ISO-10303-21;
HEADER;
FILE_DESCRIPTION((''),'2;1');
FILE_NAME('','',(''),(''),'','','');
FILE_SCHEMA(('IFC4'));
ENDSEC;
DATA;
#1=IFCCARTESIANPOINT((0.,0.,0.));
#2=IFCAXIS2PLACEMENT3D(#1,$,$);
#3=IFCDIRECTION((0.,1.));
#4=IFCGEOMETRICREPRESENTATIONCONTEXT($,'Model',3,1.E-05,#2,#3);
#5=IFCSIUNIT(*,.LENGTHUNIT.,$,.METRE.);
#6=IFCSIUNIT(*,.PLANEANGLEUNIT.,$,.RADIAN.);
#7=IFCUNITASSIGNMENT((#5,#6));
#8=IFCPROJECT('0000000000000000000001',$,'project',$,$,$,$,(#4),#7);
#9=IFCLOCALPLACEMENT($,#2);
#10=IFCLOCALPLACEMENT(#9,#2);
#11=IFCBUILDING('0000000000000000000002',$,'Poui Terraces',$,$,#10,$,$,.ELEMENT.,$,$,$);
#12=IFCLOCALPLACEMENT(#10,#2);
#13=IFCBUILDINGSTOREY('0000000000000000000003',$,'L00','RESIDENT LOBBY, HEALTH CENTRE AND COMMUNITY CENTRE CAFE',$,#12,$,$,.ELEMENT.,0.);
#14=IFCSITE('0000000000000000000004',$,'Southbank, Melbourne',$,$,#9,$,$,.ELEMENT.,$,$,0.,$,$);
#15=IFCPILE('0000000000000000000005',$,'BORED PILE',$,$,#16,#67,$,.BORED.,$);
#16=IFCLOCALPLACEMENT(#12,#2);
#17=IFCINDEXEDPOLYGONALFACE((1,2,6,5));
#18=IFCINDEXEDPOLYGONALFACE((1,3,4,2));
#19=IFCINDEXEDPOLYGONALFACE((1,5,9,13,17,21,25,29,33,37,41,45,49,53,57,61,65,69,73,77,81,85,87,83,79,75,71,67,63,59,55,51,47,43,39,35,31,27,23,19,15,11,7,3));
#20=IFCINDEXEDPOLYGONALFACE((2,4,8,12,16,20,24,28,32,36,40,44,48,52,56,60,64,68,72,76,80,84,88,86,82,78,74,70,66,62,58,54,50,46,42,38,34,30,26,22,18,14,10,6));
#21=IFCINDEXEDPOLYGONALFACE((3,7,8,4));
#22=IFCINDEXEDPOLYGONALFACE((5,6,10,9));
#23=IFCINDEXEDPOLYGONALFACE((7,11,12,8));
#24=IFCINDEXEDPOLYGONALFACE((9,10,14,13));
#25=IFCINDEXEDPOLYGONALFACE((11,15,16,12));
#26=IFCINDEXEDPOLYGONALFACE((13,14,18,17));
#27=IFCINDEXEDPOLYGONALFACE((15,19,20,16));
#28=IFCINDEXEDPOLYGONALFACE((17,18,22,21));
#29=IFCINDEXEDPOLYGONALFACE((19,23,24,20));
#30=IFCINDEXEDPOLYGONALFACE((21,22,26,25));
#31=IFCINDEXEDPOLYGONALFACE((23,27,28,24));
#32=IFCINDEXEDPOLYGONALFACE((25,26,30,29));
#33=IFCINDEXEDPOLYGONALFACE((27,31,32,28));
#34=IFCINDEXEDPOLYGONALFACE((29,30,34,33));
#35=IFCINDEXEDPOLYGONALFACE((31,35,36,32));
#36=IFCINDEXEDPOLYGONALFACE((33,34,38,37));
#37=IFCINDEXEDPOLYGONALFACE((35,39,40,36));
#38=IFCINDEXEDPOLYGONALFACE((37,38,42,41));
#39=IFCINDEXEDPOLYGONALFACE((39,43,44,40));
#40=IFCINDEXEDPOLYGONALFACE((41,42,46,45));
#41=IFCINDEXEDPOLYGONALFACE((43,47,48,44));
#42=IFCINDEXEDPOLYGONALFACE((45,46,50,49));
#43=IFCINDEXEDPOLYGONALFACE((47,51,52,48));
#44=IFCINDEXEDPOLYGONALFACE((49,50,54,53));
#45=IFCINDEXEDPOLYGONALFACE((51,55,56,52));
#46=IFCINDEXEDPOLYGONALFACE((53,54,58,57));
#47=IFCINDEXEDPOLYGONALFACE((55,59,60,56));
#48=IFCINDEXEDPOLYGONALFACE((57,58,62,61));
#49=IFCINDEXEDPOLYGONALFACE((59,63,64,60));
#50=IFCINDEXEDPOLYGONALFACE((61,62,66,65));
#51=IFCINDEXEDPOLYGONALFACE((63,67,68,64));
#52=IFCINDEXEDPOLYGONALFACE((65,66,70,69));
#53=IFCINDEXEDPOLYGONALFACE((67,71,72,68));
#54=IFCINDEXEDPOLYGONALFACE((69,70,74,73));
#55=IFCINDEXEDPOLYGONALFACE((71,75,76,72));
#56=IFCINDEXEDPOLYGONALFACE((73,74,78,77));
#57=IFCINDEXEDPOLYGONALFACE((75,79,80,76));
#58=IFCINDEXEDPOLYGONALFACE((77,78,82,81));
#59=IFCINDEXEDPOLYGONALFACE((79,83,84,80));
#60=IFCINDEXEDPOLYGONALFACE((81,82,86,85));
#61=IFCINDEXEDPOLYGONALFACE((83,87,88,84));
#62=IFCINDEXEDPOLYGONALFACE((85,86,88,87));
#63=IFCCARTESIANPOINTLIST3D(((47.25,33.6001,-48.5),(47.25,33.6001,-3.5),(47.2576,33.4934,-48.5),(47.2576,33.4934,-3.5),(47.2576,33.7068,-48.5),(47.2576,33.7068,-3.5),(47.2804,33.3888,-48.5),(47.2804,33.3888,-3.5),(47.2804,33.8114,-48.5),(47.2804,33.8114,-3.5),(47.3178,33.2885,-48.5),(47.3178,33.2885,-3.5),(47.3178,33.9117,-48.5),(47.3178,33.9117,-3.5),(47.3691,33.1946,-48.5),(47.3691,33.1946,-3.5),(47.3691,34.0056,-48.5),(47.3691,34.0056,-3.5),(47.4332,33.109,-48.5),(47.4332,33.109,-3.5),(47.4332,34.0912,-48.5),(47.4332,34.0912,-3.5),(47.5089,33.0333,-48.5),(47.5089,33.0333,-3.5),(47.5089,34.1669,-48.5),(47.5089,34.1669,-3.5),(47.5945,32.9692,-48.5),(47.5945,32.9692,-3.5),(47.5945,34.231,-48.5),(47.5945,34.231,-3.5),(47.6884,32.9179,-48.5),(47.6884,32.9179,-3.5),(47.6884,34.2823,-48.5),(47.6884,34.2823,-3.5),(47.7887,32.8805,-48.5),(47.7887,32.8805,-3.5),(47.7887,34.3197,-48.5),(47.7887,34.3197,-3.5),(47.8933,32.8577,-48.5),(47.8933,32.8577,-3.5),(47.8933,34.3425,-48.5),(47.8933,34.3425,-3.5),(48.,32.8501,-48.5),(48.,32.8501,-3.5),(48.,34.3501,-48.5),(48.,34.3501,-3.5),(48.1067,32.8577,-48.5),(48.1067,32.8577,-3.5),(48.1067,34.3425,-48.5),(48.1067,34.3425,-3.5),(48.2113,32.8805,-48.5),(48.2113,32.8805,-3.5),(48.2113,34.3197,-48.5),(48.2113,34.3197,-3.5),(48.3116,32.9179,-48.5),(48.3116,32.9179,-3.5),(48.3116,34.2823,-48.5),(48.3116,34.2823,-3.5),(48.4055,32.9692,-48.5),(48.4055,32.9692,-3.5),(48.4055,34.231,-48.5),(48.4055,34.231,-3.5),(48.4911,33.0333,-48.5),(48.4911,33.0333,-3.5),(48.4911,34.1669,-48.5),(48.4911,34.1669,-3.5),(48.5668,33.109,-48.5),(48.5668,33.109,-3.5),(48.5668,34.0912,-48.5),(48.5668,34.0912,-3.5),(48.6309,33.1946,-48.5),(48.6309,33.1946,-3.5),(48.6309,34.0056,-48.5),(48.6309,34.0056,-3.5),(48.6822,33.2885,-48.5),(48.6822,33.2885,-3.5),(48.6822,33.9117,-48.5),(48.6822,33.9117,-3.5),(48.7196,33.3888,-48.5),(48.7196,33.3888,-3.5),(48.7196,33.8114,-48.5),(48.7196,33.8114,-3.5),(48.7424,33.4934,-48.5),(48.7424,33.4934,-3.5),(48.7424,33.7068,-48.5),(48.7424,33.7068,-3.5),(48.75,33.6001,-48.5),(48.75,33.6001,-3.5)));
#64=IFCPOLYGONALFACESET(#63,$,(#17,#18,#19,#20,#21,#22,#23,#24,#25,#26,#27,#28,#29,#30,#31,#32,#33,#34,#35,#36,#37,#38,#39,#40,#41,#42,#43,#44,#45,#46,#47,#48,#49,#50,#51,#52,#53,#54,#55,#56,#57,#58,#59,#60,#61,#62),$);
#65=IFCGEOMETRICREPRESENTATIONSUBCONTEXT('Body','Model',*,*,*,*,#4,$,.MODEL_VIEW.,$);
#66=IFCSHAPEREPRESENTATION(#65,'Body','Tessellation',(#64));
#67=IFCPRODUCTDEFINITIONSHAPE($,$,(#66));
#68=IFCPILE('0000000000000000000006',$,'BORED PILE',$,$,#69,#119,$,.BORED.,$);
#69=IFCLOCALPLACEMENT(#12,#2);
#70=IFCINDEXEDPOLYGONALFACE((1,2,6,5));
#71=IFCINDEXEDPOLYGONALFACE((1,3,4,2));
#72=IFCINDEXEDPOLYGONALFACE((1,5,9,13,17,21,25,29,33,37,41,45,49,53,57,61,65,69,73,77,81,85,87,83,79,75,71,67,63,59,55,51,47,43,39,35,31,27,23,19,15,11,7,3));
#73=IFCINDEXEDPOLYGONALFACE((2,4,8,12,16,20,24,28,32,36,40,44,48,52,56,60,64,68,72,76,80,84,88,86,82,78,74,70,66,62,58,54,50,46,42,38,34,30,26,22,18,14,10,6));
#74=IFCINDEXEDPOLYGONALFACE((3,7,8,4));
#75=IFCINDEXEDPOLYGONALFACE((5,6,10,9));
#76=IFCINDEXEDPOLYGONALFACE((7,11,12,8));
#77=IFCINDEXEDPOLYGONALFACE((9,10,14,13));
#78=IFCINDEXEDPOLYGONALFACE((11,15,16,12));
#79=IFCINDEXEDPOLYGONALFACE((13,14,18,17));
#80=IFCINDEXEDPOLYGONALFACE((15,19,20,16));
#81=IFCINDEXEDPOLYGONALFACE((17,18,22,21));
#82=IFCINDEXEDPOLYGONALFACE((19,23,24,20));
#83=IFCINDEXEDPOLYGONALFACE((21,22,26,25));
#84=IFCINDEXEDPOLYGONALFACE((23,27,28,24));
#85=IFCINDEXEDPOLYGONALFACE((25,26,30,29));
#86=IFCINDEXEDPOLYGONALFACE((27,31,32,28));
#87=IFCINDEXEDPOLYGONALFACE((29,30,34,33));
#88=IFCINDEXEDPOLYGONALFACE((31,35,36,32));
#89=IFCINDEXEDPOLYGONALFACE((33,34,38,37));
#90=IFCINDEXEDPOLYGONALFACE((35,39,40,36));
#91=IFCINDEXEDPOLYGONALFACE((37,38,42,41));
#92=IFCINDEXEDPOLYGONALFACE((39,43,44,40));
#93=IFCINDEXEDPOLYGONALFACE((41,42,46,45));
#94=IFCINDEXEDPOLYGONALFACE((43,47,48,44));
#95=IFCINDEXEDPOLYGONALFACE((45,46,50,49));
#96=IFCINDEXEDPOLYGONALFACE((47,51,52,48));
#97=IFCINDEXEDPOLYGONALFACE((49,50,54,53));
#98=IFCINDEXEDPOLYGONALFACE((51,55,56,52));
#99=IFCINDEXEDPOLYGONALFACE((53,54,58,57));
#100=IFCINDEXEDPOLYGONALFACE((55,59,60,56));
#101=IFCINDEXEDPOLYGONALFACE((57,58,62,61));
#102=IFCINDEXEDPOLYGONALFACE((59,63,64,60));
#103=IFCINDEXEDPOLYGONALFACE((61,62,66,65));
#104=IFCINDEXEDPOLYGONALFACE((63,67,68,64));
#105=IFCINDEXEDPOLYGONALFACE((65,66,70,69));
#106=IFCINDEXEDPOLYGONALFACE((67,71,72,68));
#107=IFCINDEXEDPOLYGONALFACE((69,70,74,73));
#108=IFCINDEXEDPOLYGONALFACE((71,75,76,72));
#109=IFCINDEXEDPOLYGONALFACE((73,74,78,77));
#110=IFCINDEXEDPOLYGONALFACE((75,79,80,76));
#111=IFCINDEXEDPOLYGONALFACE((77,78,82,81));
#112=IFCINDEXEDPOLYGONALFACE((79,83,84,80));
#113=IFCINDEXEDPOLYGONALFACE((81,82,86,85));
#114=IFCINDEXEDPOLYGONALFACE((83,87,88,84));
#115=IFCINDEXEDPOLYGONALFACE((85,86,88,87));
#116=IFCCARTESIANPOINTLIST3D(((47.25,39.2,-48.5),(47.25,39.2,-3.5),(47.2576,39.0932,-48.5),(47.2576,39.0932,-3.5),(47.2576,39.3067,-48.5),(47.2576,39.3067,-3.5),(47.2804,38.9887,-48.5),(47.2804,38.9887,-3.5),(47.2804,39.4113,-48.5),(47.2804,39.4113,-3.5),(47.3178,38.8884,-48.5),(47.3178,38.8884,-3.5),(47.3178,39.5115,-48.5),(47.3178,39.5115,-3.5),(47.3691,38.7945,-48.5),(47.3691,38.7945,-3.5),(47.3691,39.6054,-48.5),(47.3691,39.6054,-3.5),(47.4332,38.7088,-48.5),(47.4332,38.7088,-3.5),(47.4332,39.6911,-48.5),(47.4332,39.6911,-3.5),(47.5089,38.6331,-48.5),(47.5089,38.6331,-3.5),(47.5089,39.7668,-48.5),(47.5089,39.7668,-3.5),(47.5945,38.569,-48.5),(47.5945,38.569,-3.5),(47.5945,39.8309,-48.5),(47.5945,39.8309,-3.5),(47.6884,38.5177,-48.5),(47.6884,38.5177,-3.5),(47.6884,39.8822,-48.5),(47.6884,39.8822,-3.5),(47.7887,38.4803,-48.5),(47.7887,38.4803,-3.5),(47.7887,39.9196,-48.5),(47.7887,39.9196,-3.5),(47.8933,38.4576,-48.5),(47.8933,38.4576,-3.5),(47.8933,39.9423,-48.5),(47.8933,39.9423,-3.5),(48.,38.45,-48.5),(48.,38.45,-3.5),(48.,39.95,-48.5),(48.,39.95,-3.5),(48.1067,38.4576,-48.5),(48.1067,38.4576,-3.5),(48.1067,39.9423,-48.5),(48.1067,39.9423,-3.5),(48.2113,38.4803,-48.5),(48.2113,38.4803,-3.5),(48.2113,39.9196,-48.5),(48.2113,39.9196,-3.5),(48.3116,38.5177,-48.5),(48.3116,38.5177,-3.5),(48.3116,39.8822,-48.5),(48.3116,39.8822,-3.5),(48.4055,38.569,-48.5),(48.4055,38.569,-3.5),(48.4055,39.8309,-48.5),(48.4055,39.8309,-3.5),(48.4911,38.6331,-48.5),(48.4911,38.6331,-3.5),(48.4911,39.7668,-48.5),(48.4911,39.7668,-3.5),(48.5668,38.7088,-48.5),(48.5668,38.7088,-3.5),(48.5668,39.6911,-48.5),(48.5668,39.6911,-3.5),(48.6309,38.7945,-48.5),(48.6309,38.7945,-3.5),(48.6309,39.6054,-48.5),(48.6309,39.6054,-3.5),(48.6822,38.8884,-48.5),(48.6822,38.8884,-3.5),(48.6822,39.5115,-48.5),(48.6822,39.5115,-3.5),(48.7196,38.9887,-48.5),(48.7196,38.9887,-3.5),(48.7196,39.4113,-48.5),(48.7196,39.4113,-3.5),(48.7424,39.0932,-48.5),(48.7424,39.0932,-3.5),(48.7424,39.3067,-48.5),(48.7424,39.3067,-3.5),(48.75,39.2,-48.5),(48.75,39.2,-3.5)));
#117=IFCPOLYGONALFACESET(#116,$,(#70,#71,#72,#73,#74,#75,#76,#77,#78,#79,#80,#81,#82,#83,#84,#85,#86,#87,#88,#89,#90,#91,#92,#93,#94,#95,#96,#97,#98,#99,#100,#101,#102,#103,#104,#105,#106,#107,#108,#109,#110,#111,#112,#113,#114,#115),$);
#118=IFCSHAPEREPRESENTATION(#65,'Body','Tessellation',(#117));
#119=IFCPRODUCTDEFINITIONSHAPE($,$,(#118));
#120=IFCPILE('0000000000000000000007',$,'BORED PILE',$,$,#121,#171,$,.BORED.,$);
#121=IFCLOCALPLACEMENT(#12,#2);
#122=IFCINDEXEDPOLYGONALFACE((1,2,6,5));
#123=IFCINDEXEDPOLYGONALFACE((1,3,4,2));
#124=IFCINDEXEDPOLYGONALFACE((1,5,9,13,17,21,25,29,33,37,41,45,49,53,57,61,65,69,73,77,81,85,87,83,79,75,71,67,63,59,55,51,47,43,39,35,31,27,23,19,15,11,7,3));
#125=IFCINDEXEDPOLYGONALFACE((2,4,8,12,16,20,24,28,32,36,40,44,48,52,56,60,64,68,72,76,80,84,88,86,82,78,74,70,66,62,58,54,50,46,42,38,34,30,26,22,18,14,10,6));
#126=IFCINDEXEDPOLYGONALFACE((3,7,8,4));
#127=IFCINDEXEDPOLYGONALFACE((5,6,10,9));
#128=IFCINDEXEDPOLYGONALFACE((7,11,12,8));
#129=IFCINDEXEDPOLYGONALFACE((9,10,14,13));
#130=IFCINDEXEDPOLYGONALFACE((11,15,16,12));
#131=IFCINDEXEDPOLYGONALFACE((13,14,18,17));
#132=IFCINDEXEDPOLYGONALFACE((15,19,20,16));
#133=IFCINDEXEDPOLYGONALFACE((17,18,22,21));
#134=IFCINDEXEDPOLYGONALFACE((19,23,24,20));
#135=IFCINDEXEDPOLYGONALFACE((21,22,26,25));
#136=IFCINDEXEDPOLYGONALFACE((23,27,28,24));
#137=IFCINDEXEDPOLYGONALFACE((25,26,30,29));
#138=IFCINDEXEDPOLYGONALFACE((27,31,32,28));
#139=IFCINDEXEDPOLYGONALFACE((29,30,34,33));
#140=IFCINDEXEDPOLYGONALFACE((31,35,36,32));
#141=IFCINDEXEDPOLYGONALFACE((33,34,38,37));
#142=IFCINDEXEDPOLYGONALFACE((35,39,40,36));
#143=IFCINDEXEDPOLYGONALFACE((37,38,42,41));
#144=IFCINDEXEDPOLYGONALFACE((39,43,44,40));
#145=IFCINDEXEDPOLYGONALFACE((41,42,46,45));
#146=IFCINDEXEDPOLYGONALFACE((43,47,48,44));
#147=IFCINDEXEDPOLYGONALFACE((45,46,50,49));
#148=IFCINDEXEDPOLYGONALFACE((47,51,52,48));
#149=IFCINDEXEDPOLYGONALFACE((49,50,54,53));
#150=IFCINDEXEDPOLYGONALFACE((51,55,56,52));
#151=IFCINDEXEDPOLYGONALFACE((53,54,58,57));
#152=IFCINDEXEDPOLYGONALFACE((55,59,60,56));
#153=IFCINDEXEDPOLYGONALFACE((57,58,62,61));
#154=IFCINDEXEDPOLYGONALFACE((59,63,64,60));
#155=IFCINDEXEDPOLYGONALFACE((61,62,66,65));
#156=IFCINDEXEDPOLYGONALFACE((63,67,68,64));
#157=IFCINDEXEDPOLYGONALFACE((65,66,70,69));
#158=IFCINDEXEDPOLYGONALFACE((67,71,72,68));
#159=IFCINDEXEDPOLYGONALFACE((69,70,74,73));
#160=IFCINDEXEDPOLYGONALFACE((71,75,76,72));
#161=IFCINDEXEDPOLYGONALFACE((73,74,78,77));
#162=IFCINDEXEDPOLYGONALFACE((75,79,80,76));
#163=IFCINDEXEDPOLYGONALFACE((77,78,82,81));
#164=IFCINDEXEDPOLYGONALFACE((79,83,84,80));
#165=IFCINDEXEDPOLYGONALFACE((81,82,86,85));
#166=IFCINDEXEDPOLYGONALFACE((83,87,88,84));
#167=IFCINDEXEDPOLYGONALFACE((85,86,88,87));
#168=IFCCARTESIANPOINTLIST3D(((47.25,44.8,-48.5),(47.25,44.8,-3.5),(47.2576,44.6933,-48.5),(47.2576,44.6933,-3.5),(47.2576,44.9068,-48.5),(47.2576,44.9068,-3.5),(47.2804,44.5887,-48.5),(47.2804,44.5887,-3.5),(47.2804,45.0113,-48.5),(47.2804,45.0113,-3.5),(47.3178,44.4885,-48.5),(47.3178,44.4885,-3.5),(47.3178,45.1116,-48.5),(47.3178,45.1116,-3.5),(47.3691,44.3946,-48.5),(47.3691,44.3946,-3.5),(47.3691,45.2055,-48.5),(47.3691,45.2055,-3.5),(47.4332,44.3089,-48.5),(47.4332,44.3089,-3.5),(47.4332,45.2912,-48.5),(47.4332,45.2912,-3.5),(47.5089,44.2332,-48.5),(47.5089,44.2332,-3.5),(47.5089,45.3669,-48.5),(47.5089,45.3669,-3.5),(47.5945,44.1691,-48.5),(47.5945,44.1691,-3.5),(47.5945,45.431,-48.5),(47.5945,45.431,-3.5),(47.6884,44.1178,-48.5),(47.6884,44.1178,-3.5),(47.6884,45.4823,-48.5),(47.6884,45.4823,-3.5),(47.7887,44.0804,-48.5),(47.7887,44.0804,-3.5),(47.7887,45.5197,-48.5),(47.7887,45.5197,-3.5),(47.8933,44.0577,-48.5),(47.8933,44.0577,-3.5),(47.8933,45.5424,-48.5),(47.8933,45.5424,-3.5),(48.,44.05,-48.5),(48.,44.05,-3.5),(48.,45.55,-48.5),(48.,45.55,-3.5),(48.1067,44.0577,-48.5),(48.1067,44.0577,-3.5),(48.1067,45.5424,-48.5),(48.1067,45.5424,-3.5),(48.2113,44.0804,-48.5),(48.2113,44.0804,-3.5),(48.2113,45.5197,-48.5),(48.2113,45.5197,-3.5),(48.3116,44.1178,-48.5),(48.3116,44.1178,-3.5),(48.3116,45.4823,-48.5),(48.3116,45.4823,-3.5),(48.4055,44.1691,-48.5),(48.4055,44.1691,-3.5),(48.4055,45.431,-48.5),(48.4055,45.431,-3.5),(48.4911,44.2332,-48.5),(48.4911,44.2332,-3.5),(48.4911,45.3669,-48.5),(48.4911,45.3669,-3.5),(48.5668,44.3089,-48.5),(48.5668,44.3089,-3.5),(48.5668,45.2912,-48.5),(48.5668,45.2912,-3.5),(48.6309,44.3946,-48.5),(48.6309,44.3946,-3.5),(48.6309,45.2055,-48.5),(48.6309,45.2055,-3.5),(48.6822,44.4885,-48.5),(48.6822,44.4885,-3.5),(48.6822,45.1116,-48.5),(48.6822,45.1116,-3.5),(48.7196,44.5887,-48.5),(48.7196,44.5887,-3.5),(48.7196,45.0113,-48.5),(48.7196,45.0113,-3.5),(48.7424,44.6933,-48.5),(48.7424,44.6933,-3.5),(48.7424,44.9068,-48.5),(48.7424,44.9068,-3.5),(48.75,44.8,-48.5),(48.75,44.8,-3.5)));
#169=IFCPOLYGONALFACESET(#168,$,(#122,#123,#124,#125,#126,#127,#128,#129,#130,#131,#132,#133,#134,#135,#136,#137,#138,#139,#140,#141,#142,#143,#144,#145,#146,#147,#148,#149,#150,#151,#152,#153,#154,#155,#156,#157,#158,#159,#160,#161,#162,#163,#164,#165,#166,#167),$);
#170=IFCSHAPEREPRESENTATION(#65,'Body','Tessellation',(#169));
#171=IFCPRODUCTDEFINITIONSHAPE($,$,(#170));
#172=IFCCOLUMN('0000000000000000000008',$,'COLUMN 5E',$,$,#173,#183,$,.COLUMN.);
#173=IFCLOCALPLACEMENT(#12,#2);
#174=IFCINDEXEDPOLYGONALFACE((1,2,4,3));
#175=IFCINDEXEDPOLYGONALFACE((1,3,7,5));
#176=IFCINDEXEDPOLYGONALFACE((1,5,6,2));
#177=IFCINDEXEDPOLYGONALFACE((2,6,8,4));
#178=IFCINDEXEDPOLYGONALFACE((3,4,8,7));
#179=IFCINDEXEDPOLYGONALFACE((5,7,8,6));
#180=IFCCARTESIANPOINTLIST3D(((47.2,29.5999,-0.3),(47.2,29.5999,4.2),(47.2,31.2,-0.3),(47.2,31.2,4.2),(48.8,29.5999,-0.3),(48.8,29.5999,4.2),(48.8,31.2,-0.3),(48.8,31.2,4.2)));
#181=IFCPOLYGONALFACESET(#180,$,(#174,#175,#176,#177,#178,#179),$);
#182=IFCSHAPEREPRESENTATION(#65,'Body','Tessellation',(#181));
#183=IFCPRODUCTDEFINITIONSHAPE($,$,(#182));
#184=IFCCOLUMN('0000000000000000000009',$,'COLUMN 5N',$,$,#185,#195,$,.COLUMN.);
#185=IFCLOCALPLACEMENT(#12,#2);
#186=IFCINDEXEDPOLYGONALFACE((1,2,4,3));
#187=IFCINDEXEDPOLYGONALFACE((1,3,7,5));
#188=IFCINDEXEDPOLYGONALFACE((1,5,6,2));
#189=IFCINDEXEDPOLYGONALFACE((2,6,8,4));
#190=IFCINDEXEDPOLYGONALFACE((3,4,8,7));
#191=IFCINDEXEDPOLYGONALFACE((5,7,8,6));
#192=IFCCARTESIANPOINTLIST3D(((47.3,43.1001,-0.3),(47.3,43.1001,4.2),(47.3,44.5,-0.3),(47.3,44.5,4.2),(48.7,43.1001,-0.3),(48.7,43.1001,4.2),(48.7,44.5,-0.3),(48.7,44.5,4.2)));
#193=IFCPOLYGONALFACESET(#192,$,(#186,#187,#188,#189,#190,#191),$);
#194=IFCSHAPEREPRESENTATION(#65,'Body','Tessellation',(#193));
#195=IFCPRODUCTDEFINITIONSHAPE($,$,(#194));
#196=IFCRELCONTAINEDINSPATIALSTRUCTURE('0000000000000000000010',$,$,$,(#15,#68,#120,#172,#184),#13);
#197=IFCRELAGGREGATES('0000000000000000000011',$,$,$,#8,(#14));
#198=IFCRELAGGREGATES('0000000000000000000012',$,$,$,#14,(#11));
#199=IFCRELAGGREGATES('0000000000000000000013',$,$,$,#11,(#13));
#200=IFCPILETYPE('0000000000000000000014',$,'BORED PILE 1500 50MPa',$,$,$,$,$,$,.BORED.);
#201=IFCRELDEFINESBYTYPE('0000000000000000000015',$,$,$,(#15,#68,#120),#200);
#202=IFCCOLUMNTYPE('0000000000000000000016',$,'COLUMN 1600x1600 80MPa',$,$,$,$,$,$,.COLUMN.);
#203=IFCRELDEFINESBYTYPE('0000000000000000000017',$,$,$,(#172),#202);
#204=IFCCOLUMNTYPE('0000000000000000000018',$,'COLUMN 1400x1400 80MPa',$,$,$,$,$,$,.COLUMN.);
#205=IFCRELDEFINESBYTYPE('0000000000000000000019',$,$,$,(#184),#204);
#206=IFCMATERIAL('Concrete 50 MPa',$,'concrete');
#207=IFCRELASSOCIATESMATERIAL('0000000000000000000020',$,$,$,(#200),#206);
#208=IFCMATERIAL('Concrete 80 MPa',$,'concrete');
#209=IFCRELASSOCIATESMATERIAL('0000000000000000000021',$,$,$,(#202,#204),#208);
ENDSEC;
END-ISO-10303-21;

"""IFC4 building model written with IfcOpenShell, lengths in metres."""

from ifc_helpers import new_model, si_unit, direction, frame, origin, origin_2d, place, context, subcontext, project, spatial, rectangle, circle, extrude, source, transform, mapped, material, material_profile, profile_set, type_object, element, save


model = new_model("IFC4")

# Units and contexts
model_context = context("Model", 3, precision=1e-05, world=origin(), true_north=direction((0.0, 1.0)))
body_context = subcontext(model_context, "Body", "Model", "MODEL_VIEW")
ifc_project = project(units=[si_unit("LENGTHUNIT", "METRE"), si_unit("PLANEANGLEUNIT", "RADIAN")], contexts=[model_context])

# Site, building, storey
site_placement = place(None, origin())
site = spatial("IfcSite", under=ifc_project, at=site_placement, Name="Southbank, Melbourne", CompositionType="ELEMENT", RefElevation=0.0)
building_placement = place(site_placement, origin())
building = spatial("IfcBuilding", under=site, at=building_placement, Name="Poui Terraces", CompositionType="ELEMENT")
storey_placement = place(building_placement, origin())
storey = spatial("IfcBuildingStorey", under=building, at=storey_placement, Name="L00", Description="RESIDENT LOBBY, HEALTH CENTRE AND COMMUNITY CENTRE CAFE", CompositionType="ELEMENT", Elevation=0.0)

# Piles
ifc_material_1 = material(Name="Concrete 50 MPa", Category="concrete")
ifc_material_profile_1 = material_profile(ifc_material_1, circle(Radius=0.75, at=origin_2d()), Name="RC D1500")
ifc_profile_set_1 = profile_set([ifc_material_profile_1], Name="Concrete 50 MPa")
pile_type = type_object("IfcPileType", Name="BORED PILE 1500 50MPa", PredefinedType="BORED", material=ifc_profile_set_1)
for number, where, z_axis, x_axis, name in (
    (1, (48.0, 33.6001, -3.5), (0.0, 0.0, -1.0), (1.0, 0.0, 0.0), "BORED PILE"),
    (2, (48.0, 39.2, -3.5), (0.0, 0.0, -1.0), (1.0, 0.0, 0.0), "BORED PILE"),
    (3, (48.0, 44.8, -3.5), (0.0, 0.0, -1.0), (1.0, 0.0, 0.0), "BORED PILE"),
):
    element("IfcPile", number, at=place(storey_placement, frame(where, z_axis=z_axis, x_axis=x_axis)), inside=storey, type_object=pile_type, Name=name, PredefinedType="BORED", context=body_context, shape_type="SweptSolid", body=[
        extrude(circle(Radius=0.75, at=origin_2d()), origin(), (0.0, 0.0, 1.0), 45.0),
    ])

# Columns
ifc_material_2 = material(Name="Concrete 80 MPa", Category="concrete")
ifc_material_profile_2 = material_profile(ifc_material_2, rectangle(XDim=1.6001, YDim=1.6001, at=origin_2d()), Name="RC 1600x1600")
ifc_profile_set_2 = profile_set([ifc_material_profile_2], Name="Concrete 80 MPa")
column_type_1 = type_object("IfcColumnType", Name="COLUMN 1600x1600 80MPa", PredefinedType="COLUMN", material=ifc_profile_set_2)
shared_shape_1 = source(origin(), body_context, "Body", "SweptSolid", [
    extrude(rectangle(XDim=1.6001, YDim=1.6001, at=origin_2d()), origin(), (0.0, 0.0, 1.0), 4.5),
])
column_1_placement = place(storey_placement, frame((48.0, 30.3999, -0.3), z_axis=(0.0, 0.0, 1.0), x_axis=(1.0, 0.0, 0.0)))
element("IfcColumn", 4, at=column_1_placement, inside=storey, type_object=column_type_1, Name="COLUMN 5E", PredefinedType="COLUMN", context=body_context, shape_type="MappedRepresentation", body=[
    mapped(shared_shape_1, transform((0.0, 0.0, 0.0))),
])
ifc_material_profile_3 = material_profile(ifc_material_2, rectangle(XDim=1.3999, YDim=1.3999, at=origin_2d()), Name="RC 1400x1400")
ifc_profile_set_3 = profile_set([ifc_material_profile_3], Name="Concrete 80 MPa")
column_type_2 = type_object("IfcColumnType", Name="COLUMN 1400x1400 80MPa", PredefinedType="COLUMN", material=ifc_profile_set_3)
shared_shape_2 = source(origin(), body_context, "Body", "SweptSolid", [
    extrude(rectangle(XDim=1.3999, YDim=1.3999, at=origin_2d()), origin(), (0.0, 0.0, 1.0), 4.5),
])
column_2_placement = place(storey_placement, frame((48.0, 43.8, -0.3), z_axis=(0.0, 0.0, 1.0), x_axis=(1.0, 0.0, 0.0)))
element("IfcColumn", 5, at=column_2_placement, inside=storey, type_object=column_type_2, Name="COLUMN 5N", PredefinedType="COLUMN", context=body_context, shape_type="MappedRepresentation", body=[
    mapped(shared_shape_2, transform((0.0, 0.0, 0.0))),
])

save(model, "model.ifc")
